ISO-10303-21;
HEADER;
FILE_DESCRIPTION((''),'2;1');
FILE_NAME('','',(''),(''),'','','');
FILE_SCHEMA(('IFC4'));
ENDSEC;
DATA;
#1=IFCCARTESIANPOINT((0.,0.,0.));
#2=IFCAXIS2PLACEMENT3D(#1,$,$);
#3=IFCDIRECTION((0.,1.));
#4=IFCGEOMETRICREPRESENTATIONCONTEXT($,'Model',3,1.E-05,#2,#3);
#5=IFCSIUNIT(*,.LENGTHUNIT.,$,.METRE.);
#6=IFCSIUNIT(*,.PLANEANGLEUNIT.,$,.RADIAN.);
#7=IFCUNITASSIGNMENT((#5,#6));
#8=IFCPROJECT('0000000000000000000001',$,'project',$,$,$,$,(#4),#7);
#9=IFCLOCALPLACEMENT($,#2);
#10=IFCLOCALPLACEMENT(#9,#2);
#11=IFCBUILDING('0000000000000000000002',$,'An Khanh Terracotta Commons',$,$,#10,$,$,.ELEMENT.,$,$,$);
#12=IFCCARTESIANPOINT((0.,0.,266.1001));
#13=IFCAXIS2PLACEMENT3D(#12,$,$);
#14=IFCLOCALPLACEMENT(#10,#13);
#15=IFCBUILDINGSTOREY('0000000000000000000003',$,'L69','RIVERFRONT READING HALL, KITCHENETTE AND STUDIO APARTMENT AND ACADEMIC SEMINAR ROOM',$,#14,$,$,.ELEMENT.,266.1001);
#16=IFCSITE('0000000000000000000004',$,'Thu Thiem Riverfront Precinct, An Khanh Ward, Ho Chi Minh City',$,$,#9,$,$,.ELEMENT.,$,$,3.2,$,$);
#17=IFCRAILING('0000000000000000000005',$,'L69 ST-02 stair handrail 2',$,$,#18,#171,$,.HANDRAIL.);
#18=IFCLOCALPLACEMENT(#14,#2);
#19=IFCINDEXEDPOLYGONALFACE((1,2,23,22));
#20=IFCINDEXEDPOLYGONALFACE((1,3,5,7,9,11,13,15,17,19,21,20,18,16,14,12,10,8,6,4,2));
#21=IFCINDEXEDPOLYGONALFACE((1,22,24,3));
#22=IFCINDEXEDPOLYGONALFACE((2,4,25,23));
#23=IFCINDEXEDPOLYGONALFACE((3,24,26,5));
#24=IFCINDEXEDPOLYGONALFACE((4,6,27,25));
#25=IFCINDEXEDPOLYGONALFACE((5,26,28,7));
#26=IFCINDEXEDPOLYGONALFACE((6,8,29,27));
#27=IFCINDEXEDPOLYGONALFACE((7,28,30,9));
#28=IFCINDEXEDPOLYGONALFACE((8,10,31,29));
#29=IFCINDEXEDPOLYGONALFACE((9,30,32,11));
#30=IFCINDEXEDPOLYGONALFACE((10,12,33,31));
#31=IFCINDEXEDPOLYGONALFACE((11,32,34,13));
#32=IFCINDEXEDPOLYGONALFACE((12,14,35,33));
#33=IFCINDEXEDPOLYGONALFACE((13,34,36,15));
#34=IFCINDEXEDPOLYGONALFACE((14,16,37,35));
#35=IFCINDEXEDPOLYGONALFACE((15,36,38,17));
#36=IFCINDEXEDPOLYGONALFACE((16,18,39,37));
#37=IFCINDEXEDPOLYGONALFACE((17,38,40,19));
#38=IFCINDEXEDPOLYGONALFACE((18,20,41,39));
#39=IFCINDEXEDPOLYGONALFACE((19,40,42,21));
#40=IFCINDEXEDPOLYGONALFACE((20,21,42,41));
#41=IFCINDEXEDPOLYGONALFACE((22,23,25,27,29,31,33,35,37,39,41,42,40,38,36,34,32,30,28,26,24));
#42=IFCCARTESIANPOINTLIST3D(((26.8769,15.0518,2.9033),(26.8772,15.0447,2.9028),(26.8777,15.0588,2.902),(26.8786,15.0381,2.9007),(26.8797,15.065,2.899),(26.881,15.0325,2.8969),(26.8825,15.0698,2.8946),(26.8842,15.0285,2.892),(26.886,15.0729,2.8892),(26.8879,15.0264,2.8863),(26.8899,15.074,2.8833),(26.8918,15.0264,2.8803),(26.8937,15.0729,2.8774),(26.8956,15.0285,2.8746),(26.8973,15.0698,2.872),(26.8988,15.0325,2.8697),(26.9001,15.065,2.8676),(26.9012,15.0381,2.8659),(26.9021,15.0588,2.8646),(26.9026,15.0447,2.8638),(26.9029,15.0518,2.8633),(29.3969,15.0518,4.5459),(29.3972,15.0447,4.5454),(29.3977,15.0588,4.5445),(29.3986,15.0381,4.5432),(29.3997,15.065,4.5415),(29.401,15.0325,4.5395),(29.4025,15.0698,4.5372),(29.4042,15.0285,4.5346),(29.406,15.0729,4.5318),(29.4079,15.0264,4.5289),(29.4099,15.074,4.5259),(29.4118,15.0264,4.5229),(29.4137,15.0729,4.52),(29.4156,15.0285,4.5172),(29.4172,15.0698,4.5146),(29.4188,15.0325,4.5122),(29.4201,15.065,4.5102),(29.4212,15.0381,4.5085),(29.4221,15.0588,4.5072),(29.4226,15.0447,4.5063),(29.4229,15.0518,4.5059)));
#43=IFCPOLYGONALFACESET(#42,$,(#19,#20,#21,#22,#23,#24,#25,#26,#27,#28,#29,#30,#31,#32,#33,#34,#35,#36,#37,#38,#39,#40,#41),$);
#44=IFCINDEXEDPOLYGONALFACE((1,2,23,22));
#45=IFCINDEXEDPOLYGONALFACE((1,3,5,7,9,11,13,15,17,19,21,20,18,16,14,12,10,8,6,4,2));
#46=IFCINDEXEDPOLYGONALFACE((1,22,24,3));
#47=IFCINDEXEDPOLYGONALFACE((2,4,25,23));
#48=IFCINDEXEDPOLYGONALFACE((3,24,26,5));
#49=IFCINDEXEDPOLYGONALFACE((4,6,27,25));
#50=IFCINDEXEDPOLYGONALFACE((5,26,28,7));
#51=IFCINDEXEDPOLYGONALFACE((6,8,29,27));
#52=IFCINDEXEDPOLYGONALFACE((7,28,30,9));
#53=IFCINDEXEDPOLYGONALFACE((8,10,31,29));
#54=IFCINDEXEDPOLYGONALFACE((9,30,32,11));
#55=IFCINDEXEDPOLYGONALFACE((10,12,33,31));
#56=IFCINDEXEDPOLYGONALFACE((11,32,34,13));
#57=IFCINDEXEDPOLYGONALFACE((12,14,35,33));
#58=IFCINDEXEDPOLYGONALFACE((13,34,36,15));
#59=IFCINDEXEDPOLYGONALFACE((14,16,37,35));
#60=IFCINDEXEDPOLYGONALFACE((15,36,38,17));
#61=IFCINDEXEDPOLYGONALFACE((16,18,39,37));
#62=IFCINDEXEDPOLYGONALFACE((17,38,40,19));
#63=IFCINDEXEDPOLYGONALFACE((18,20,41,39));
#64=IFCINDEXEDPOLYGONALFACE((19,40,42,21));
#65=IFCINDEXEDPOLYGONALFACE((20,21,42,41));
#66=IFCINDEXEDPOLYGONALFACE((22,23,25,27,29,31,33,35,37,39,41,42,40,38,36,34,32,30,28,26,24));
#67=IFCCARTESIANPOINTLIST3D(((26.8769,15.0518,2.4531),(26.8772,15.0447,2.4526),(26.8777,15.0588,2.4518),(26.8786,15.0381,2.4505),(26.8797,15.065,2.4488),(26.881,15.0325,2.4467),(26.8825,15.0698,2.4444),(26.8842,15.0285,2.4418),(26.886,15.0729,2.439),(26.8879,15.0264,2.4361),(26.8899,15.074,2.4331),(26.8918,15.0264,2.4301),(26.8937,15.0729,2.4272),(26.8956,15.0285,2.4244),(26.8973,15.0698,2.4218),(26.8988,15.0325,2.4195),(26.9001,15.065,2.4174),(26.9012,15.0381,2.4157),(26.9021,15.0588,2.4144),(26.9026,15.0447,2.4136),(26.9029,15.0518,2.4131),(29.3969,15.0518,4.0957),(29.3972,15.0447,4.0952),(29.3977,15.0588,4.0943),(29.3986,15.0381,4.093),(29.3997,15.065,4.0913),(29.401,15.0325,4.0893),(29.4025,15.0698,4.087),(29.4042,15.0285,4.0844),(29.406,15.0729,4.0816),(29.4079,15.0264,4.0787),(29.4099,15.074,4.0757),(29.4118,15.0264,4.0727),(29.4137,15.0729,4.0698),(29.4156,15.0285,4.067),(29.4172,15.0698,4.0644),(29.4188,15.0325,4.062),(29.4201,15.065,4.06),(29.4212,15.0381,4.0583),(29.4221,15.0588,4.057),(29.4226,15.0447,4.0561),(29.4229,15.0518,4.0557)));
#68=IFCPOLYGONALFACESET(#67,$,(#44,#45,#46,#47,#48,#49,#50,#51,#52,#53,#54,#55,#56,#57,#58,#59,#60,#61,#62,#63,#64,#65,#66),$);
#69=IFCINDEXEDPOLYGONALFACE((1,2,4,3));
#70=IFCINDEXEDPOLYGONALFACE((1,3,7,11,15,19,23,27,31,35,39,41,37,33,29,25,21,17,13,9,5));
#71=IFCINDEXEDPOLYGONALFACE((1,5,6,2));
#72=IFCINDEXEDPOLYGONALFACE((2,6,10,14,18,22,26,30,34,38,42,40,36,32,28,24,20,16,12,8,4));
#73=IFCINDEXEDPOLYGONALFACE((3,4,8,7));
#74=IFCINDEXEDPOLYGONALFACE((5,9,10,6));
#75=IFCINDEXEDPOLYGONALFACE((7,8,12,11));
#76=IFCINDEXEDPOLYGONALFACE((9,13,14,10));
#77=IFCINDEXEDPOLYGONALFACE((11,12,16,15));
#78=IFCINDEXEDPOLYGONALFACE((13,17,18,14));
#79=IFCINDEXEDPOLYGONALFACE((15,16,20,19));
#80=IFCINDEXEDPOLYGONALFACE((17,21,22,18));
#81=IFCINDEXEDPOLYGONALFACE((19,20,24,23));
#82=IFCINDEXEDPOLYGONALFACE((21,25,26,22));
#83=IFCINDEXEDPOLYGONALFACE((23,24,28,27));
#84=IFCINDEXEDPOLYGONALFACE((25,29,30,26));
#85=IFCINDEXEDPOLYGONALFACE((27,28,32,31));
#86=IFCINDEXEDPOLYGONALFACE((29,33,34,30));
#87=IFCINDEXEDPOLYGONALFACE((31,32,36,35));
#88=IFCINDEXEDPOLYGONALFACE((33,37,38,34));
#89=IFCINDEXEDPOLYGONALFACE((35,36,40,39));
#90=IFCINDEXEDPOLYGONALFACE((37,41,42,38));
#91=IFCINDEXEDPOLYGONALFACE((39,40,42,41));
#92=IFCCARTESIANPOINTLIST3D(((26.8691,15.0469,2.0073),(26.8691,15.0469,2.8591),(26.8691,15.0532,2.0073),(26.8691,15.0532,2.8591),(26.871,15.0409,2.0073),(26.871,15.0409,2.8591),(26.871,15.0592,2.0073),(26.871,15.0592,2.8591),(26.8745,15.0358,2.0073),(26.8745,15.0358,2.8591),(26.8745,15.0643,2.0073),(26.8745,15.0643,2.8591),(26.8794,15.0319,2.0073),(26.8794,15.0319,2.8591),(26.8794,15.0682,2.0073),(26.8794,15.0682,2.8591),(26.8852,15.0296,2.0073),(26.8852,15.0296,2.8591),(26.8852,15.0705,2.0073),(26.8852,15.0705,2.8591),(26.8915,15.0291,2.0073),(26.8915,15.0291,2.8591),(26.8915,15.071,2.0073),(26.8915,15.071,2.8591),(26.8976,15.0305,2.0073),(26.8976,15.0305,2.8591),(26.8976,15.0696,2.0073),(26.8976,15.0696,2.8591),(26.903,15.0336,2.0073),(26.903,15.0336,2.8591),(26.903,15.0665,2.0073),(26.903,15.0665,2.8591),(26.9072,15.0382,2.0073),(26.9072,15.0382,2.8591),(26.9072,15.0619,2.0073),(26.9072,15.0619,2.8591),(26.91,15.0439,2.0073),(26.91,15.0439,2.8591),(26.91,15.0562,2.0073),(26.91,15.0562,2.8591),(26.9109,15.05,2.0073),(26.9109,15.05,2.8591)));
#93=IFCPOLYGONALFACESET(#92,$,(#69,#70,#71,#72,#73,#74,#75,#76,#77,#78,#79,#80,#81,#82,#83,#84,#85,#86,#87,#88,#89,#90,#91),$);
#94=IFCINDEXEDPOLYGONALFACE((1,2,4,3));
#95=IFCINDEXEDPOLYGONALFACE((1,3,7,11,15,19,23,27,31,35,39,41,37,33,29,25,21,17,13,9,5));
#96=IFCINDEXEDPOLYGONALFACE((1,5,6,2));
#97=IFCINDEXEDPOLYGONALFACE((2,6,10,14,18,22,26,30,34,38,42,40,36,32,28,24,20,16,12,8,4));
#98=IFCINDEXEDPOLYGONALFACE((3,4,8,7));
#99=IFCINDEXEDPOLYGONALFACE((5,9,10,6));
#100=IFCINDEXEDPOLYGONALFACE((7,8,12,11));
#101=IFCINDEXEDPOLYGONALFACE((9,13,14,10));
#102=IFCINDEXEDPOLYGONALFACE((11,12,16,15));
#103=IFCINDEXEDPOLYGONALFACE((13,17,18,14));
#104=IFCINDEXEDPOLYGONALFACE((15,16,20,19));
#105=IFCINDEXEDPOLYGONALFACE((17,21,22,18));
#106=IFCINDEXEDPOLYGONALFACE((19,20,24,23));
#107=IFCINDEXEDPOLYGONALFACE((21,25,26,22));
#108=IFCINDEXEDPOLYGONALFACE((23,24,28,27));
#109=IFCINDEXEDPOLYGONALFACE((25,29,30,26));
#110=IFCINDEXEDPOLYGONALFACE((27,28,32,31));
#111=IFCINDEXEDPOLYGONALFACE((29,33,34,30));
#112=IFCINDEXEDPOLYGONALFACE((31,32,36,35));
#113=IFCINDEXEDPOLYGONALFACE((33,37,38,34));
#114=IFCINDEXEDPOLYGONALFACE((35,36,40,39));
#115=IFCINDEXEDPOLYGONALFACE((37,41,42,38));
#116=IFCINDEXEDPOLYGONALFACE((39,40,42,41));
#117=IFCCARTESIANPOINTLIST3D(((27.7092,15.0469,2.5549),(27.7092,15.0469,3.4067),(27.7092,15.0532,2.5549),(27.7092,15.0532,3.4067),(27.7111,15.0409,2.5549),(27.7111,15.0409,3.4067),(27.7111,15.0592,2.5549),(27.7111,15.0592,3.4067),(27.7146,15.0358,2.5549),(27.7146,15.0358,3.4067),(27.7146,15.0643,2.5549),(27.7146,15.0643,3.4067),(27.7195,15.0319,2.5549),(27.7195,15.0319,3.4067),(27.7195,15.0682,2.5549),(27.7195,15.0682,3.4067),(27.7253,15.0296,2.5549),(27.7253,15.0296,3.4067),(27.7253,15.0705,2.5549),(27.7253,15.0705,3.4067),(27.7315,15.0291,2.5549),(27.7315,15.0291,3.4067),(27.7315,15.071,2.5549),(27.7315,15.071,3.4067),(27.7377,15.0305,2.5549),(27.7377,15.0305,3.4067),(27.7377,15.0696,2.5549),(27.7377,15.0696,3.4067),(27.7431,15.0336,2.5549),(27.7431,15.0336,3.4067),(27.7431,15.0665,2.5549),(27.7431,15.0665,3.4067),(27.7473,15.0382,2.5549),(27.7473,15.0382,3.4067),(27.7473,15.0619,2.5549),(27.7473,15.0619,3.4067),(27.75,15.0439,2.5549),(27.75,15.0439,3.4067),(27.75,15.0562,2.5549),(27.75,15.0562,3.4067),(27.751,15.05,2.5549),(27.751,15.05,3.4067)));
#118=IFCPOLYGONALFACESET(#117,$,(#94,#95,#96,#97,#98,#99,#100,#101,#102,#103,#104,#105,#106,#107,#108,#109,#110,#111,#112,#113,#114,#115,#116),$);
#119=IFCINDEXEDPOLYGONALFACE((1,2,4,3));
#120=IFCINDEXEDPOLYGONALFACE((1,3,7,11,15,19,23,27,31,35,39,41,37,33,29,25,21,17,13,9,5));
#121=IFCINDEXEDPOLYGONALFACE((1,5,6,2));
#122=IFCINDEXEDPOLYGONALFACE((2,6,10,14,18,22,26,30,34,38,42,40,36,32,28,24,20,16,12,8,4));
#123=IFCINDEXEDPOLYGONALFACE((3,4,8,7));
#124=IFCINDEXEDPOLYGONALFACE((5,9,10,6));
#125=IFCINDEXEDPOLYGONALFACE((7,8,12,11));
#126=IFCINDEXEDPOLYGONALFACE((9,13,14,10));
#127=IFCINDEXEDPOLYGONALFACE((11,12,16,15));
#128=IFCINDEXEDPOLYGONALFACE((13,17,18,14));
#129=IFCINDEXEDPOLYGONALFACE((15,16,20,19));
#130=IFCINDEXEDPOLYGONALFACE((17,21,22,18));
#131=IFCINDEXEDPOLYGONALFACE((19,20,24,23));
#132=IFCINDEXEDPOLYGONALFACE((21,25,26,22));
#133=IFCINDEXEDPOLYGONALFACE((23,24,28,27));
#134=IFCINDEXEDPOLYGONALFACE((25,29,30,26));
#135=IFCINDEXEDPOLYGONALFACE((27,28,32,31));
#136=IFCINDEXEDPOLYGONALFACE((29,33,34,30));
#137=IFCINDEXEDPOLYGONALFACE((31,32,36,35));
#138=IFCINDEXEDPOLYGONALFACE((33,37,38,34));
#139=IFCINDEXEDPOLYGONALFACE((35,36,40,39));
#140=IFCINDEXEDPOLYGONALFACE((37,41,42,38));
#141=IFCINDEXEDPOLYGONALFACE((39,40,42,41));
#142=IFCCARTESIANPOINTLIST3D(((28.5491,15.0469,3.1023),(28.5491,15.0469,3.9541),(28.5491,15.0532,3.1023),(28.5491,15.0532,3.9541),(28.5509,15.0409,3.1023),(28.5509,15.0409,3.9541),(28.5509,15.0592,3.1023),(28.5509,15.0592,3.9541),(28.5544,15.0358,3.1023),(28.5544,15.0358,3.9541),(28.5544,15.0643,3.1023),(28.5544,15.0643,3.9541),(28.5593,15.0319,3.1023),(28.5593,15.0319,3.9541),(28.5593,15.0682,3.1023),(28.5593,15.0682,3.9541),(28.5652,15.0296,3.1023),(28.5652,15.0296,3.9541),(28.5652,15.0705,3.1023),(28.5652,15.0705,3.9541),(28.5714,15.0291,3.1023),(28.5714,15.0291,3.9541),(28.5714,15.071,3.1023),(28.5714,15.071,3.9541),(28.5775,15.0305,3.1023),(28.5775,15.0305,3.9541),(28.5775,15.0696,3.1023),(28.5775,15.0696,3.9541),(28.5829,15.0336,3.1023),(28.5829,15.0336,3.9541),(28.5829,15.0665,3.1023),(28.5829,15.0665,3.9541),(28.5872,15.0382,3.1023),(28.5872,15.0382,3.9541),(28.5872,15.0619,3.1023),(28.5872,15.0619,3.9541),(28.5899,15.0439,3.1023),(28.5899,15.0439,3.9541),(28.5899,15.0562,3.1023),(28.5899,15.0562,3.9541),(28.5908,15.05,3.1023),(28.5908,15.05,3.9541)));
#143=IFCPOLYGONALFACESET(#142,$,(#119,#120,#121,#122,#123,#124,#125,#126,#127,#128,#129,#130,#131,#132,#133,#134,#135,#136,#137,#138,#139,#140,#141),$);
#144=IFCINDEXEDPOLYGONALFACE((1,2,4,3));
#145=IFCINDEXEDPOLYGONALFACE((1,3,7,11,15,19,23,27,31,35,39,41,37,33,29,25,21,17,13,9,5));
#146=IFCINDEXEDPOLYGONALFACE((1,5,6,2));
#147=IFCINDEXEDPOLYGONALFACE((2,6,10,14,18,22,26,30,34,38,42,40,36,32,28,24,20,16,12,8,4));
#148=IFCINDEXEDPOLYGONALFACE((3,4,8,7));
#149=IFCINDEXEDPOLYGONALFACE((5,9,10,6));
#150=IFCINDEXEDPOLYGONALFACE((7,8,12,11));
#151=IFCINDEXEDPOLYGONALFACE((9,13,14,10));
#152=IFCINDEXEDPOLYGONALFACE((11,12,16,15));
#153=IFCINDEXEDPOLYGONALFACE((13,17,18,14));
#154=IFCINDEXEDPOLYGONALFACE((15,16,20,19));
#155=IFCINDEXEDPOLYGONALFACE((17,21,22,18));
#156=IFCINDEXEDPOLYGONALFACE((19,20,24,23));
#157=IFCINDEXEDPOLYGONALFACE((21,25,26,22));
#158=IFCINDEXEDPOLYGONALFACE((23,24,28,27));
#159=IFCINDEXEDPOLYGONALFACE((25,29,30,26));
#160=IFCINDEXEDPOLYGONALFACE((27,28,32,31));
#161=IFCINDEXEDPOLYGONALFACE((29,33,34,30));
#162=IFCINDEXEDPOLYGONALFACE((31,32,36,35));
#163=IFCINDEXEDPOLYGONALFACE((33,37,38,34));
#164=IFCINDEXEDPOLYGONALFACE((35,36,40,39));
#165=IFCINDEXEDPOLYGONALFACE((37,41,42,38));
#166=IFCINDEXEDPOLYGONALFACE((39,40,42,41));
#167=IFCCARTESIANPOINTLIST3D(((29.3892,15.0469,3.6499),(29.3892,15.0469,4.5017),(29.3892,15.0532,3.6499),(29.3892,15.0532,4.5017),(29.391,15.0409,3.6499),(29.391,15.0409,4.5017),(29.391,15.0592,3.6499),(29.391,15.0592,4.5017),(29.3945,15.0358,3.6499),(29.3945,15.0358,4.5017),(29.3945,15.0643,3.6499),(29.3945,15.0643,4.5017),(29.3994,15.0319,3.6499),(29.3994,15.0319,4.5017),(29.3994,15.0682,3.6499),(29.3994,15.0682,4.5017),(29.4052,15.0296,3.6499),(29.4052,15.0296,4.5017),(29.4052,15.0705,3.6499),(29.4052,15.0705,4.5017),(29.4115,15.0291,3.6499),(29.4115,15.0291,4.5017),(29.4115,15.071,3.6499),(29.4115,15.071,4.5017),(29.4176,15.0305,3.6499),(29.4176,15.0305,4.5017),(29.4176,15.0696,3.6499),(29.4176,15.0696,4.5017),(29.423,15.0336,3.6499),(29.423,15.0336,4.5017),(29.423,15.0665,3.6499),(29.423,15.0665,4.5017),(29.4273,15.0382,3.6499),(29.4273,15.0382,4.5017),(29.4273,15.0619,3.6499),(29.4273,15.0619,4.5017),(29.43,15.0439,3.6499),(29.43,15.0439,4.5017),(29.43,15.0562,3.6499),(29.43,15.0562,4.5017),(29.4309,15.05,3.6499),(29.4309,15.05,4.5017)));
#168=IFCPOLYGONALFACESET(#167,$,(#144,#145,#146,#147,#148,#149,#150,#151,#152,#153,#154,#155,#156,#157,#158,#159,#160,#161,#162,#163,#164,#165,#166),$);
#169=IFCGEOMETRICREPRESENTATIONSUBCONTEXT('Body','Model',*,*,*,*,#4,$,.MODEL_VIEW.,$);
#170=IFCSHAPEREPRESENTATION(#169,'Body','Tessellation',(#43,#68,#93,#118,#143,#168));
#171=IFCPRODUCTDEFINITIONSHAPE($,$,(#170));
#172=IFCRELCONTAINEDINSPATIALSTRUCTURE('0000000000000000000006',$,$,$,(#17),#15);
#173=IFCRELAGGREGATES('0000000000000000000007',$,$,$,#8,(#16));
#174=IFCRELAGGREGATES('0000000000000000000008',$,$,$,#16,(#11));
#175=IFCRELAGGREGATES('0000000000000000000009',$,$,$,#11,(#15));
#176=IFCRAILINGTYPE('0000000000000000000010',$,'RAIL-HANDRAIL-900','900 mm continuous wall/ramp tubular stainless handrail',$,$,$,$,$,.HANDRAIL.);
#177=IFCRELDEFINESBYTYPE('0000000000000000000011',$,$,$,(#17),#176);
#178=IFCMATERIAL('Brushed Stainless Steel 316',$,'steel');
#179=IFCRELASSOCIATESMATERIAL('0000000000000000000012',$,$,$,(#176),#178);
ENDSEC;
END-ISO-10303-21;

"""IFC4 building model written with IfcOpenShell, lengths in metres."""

from ifc_helpers import new_model, si_unit, direction, frame, origin, origin_2d, place, context, subcontext, project, spatial, circle, extrude, material, type_object, element, save


model = new_model("IFC4")

# Units and contexts
model_context = context("Model", 3, precision=1e-05, world=origin(), true_north=direction((0.0, 1.0)))
body_context = subcontext(model_context, "Body", "Model", "MODEL_VIEW")
ifc_project = project(units=[si_unit("LENGTHUNIT", "METRE"), si_unit("PLANEANGLEUNIT", "RADIAN")], contexts=[model_context])

# Site, building, storey
site_placement = place(None, origin())
site = spatial("IfcSite", under=ifc_project, at=site_placement, Name="Thu Thiem Riverfront Precinct, An Khanh Ward, Ho Chi Minh City", CompositionType="ELEMENT", RefElevation=3.2)
building_placement = place(site_placement, origin())
building = spatial("IfcBuilding", under=site, at=building_placement, Name="An Khanh Terracotta Commons", CompositionType="ELEMENT")
storey_placement = place(building_placement, frame((0.0, 0.0, 266.1001)))
storey = spatial("IfcBuildingStorey", under=building, at=storey_placement, Name="L69", Description="RIVERFRONT READING HALL, KITCHENETTE AND STUDIO APARTMENT AND ACADEMIC SEMINAR ROOM", CompositionType="ELEMENT", Elevation=266.1001)

# Railing
ifc_material_1 = material(Name="Brushed Stainless Steel 316", Category="steel")
railing_type_1 = type_object("IfcRailingType", Name="RAIL-HANDRAIL-900", Description="900 mm continuous wall/ramp tubular stainless handrail", PredefinedType="HANDRAIL", material=ifc_material_1)
railing_1_placement = place(storey_placement, frame((26.8899, 15.05, 2.0073)))
element("IfcRailing", 1, at=railing_1_placement, inside=storey, type_object=railing_type_1, Name="L69 ST-02 stair handrail 2", PredefinedType="HANDRAIL", context=body_context, shape_type="SweptSolid", body=[
    extrude(circle(Radius=0.0239, at=origin_2d()), frame((0.0, 0.0, 0.876), z_axis=(0.837749, 0.0, 0.546055), x_axis=(0.0, 1.0, 0.0)), (0.0, 0.0, 1.0), 3.0081),
    extrude(circle(Radius=0.0239, at=origin_2d()), frame((0.0, 0.0, 0.4258), z_axis=(0.837749, 0.0, 0.546055), x_axis=(0.0, 1.0, 0.0)), (0.0, 0.0, 1.0), 3.0081),
    extrude(circle(Radius=0.021, at=origin_2d()), origin(), (0.0, 0.0, 1.0), 0.8518),
    extrude(circle(Radius=0.021, at=origin_2d()), frame((0.8401, 0.0, 0.5476)), (0.0, 0.0, 1.0), 0.8518),
    extrude(circle(Radius=0.021, at=origin_2d()), frame((1.6799, 0.0, 1.095)), (0.0, 0.0, 1.0), 0.8518),
    extrude(circle(Radius=0.021, at=origin_2d()), frame((2.52, 0.0, 1.6426)), (0.0, 0.0, 1.0), 0.8518),
])

save(model, "model.ifc")
